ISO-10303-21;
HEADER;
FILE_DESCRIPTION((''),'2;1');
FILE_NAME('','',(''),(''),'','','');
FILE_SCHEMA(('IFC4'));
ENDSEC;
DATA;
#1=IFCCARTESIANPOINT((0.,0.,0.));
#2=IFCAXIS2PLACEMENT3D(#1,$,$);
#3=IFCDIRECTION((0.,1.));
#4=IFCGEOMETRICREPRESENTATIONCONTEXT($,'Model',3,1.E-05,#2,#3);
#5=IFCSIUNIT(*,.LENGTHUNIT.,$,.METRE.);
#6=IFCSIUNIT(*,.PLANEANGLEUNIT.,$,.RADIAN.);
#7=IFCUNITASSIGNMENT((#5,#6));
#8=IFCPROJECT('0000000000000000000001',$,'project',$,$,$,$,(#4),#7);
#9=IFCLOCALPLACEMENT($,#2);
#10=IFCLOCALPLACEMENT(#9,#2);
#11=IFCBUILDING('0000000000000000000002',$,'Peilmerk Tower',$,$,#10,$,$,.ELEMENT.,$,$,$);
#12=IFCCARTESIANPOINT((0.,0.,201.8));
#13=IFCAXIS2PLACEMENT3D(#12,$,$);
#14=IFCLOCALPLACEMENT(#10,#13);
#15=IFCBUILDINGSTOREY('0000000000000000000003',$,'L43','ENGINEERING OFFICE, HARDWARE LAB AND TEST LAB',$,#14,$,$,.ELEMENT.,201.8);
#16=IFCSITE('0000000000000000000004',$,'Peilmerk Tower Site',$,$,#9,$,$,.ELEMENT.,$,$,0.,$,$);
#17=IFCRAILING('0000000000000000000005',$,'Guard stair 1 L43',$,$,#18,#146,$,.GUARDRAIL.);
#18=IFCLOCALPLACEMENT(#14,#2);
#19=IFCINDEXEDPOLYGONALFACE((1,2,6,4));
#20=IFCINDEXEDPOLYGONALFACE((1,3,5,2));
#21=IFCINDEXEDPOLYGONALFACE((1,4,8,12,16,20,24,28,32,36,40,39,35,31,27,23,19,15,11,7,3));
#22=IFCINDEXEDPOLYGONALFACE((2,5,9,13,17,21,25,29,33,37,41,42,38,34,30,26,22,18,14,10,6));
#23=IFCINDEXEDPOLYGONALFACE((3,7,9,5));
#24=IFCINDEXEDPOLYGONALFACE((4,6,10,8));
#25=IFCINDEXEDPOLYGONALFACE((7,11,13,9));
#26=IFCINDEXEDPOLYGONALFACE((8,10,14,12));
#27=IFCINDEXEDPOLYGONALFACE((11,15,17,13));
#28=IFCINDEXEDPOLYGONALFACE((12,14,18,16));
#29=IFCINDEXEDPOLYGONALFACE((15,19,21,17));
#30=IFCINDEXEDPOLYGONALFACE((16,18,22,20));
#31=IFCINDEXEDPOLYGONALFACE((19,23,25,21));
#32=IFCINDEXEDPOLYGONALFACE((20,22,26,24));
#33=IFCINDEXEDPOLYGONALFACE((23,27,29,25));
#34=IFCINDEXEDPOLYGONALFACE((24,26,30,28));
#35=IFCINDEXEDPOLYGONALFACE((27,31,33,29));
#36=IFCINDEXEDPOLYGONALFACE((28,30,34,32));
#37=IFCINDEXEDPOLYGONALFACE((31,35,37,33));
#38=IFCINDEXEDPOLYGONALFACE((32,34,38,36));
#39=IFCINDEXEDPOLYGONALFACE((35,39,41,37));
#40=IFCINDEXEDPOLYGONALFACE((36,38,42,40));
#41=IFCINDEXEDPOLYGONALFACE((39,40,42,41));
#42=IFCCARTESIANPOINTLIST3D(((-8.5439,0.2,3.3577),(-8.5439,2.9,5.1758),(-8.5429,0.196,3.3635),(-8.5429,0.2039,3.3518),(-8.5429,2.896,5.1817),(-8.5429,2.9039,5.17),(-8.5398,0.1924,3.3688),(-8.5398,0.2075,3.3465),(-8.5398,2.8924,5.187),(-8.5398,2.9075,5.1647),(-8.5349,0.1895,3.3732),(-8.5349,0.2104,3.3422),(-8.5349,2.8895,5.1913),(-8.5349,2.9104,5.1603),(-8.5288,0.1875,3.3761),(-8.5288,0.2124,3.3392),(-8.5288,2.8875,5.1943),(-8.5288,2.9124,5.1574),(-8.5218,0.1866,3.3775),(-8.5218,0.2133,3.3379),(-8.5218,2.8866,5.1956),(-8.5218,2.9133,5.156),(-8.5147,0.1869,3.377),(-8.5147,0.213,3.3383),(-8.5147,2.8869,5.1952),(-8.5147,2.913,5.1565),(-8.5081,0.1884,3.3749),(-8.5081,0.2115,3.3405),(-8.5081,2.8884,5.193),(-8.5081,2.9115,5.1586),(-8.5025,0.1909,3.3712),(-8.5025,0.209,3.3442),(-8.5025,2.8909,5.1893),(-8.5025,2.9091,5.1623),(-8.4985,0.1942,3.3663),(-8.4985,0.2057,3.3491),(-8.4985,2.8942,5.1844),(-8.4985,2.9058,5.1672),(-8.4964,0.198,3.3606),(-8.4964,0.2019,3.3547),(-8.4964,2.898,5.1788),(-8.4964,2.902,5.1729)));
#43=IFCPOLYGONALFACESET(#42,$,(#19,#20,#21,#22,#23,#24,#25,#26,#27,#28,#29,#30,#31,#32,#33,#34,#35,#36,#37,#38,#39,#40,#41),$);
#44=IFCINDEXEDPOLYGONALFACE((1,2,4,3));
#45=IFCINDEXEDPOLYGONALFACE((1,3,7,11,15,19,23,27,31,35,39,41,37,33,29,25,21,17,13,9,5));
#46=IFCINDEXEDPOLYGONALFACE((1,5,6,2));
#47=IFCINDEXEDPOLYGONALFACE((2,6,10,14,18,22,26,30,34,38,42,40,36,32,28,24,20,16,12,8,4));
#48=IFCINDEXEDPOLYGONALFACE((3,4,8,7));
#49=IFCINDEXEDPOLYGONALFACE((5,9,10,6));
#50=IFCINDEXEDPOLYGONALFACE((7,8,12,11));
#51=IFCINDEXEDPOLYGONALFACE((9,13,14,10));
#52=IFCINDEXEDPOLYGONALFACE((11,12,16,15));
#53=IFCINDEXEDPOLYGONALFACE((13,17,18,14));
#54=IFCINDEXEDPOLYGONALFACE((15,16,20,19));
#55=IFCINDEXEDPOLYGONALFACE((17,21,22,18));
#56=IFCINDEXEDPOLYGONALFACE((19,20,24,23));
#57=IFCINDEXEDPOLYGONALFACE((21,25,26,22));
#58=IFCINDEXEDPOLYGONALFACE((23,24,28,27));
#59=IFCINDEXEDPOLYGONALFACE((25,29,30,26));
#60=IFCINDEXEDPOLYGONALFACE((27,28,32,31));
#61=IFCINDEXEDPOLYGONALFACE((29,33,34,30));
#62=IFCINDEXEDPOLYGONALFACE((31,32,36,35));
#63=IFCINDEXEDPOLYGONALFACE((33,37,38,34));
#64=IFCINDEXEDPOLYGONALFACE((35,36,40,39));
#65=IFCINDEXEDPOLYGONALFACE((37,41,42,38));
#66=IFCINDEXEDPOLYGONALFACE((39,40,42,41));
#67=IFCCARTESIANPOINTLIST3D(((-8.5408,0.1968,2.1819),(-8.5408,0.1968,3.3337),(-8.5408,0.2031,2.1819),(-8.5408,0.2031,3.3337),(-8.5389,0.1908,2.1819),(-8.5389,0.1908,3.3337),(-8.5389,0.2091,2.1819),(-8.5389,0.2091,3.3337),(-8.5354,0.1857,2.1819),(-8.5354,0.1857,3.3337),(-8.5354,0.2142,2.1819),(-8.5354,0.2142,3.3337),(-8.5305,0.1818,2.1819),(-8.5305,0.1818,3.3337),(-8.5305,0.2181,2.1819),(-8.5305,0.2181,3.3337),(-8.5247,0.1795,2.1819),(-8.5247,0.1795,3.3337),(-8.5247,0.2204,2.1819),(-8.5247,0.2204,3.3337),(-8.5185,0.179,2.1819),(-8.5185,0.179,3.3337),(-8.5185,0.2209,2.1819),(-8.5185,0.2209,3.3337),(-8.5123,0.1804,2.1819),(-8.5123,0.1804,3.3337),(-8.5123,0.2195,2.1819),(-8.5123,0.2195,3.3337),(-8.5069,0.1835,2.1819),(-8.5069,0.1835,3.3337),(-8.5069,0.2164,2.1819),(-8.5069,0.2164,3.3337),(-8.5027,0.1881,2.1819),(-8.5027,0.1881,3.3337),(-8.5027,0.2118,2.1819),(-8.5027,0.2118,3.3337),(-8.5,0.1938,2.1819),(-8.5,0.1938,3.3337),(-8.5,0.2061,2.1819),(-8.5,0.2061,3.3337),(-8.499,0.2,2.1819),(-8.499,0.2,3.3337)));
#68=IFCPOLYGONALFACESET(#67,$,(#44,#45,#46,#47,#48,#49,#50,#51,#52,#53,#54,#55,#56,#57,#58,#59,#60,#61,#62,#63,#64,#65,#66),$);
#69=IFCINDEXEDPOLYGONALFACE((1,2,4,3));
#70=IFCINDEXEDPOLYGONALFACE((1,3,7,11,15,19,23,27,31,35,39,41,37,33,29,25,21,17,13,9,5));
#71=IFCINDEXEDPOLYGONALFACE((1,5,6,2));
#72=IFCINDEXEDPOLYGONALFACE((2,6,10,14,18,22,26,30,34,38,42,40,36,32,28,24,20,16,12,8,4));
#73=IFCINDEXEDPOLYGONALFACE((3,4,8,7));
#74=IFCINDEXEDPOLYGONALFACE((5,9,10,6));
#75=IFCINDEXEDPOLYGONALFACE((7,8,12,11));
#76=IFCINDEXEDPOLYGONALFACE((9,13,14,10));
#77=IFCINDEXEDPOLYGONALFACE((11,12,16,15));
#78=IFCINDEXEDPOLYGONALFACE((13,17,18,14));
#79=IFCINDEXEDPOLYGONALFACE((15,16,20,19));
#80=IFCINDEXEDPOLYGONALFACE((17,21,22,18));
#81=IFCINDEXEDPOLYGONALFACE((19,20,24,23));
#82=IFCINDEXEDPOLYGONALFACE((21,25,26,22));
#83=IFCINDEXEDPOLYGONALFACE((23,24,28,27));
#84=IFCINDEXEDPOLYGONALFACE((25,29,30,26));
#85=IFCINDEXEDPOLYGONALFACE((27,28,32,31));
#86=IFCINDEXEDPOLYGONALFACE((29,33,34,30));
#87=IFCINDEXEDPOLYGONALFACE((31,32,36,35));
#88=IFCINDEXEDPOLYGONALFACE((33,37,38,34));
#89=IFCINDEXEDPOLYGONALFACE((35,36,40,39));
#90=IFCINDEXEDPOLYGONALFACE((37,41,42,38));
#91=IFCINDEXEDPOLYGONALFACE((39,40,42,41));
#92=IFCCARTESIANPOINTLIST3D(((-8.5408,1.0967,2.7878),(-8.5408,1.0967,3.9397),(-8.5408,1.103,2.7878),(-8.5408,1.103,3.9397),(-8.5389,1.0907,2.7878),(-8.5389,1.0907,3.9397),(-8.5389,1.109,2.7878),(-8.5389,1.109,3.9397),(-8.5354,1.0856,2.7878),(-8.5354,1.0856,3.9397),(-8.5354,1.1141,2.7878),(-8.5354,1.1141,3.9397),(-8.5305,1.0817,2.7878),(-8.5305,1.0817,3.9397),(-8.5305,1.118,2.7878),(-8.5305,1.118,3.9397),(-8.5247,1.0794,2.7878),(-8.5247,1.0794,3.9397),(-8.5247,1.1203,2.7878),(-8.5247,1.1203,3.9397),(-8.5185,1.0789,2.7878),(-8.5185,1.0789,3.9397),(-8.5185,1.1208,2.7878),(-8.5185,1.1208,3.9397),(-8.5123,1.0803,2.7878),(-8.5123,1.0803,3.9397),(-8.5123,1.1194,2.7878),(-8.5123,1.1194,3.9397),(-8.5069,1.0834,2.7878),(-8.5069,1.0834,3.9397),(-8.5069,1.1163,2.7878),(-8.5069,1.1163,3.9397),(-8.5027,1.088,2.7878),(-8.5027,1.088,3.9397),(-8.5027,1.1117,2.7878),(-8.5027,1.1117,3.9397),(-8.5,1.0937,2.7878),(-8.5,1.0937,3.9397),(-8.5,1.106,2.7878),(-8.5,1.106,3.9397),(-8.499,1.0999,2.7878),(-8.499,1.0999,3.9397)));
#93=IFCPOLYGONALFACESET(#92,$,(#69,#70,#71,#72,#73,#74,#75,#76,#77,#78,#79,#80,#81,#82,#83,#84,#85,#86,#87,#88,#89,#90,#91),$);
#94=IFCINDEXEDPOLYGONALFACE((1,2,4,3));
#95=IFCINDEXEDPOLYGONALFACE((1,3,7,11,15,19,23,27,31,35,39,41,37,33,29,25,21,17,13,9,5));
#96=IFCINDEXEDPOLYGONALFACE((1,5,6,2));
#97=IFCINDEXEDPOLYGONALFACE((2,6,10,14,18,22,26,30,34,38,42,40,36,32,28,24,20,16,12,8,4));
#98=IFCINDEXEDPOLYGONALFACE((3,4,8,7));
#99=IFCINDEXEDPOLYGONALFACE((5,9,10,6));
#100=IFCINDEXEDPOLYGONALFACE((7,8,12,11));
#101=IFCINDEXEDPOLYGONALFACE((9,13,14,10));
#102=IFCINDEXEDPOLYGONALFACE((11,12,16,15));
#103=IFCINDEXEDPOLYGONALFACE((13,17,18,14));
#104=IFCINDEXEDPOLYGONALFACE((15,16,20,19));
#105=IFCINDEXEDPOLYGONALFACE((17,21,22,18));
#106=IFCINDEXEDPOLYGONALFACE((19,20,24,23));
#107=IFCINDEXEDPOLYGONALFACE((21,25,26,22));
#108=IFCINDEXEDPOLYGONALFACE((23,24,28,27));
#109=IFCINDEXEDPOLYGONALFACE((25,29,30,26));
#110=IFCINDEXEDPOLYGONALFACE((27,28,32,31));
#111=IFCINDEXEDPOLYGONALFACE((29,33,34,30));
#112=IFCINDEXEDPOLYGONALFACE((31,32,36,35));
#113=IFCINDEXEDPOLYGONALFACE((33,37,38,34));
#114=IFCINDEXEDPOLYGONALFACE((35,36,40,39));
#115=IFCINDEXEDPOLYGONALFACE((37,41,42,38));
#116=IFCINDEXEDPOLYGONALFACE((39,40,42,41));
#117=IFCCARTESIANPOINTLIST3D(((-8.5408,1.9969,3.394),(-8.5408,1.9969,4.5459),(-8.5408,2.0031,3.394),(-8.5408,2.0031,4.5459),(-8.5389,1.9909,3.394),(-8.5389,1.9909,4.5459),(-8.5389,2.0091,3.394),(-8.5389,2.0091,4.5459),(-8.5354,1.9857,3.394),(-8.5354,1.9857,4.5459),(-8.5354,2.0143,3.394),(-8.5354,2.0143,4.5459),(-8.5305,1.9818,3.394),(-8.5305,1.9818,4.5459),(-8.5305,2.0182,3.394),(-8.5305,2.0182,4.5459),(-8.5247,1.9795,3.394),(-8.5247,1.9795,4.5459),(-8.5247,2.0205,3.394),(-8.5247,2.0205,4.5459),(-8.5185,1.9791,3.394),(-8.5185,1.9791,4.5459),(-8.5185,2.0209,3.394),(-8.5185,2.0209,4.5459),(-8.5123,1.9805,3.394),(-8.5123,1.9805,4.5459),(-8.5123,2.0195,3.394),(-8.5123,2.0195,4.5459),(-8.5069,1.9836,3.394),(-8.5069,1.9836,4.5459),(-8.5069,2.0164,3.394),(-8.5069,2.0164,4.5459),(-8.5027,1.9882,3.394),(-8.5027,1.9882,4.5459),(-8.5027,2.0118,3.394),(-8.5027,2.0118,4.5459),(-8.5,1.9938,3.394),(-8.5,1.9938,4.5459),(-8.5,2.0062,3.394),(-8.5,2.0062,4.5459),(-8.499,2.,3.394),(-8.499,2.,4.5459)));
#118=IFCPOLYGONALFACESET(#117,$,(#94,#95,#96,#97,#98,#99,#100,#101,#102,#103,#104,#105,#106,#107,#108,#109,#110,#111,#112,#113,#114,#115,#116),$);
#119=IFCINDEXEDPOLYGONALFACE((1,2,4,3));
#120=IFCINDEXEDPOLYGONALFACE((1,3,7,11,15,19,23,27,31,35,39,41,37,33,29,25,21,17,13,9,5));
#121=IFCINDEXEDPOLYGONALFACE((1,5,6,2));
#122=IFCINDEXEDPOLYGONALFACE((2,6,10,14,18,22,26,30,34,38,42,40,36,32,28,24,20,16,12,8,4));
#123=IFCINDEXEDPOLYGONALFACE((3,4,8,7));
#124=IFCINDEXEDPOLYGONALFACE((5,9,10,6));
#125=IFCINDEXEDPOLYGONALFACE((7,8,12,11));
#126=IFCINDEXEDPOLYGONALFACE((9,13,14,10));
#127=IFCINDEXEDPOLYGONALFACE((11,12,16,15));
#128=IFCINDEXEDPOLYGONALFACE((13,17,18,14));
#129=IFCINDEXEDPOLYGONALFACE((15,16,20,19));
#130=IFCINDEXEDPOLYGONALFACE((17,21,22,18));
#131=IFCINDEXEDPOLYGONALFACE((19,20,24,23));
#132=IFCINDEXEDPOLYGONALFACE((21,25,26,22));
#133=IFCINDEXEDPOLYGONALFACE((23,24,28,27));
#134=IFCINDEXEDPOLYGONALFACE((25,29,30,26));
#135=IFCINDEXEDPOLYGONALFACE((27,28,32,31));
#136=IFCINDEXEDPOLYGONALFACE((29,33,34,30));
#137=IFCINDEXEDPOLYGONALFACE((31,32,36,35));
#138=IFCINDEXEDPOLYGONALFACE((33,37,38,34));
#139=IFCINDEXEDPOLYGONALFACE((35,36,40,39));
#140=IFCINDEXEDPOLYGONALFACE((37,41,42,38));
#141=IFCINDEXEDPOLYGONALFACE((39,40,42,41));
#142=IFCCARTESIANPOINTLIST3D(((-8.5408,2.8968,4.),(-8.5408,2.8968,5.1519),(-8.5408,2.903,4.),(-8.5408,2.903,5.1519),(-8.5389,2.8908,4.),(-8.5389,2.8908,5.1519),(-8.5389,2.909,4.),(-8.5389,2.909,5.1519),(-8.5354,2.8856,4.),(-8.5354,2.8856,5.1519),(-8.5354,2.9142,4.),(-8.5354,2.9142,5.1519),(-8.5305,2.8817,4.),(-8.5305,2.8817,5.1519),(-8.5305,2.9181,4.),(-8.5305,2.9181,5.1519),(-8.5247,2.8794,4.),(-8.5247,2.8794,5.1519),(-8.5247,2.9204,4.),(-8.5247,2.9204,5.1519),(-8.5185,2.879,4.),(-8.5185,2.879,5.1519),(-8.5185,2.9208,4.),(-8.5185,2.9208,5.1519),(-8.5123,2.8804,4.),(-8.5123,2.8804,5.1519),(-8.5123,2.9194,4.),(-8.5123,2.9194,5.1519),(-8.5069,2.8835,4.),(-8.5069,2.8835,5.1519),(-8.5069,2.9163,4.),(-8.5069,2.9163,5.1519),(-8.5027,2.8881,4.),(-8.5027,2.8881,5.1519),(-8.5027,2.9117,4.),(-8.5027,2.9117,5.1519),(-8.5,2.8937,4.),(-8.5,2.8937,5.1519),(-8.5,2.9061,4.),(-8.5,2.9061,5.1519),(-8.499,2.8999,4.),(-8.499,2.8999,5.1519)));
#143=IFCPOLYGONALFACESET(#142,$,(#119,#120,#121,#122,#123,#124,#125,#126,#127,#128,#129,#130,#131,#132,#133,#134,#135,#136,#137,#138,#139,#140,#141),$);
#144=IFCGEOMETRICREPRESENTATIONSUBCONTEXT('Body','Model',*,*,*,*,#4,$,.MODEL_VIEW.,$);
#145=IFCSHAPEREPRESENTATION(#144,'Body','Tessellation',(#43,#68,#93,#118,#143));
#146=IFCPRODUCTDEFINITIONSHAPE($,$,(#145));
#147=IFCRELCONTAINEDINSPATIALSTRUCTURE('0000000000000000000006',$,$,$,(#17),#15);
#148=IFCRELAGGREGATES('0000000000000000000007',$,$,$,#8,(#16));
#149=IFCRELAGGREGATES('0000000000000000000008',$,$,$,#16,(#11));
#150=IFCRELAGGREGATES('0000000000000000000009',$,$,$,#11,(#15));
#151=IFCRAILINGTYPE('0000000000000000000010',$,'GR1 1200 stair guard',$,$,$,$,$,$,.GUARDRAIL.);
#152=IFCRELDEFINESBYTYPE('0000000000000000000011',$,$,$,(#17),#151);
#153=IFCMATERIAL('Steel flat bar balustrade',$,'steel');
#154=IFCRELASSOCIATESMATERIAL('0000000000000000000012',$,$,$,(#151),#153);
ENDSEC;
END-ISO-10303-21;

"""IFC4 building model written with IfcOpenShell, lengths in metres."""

from ifc_helpers import new_model, si_unit, direction, frame, origin, origin_2d, place, context, subcontext, project, spatial, circle, extrude, material, type_object, element, save


model = new_model("IFC4")

# Units and contexts
model_context = context("Model", 3, precision=1e-05, world=origin(), true_north=direction((0.0, 1.0)))
body_context = subcontext(model_context, "Body", "Model", "MODEL_VIEW")
ifc_project = project(units=[si_unit("LENGTHUNIT", "METRE"), si_unit("PLANEANGLEUNIT", "RADIAN")], contexts=[model_context])

# Site, building, storey
site_placement = place(None, origin())
site = spatial("IfcSite", under=ifc_project, at=site_placement, Name="Peilmerk Tower Site", CompositionType="ELEMENT", RefElevation=0.0)
building_placement = place(site_placement, origin())
building = spatial("IfcBuilding", under=site, at=building_placement, Name="Peilmerk Tower", CompositionType="ELEMENT")
storey_placement = place(building_placement, frame((0.0, 0.0, 201.8)))
storey = spatial("IfcBuildingStorey", under=building, at=storey_placement, Name="L43", Description="ENGINEERING OFFICE, HARDWARE LAB AND TEST LAB", CompositionType="ELEMENT", Elevation=201.8)

# Railing
ifc_material_1 = material(Name="Steel flat bar balustrade", Category="steel")
railing_type_1 = type_object("IfcRailingType", Name="GR1 1200 stair guard", PredefinedType="GUARDRAIL", material=ifc_material_1)
railing_1_placement = place(storey_placement, frame((-8.52, 0.2, 2.1819)))
element("IfcRailing", 1, at=railing_1_placement, inside=storey, type_object=railing_type_1, Name="Guard stair 1 L43", PredefinedType="GUARDRAIL", context=body_context, shape_type="SweptSolid", body=[
    extrude(circle(Radius=0.0239, at=origin_2d()), frame((0.0, 0.0, 1.1758), z_axis=(0.0, 0.829468, 0.558554), x_axis=(-1.0, 0.0, 0.0)), (0.0, 0.0, 1.0), 3.2551),
    extrude(circle(Radius=0.021, at=origin_2d()), origin(), (0.0, 0.0, 1.0), 1.1519),
    extrude(circle(Radius=0.021, at=origin_2d()), frame((0.0, 0.8999, 0.606)), (0.0, 0.0, 1.0), 1.1519),
    extrude(circle(Radius=0.021, at=origin_2d()), frame((0.0, 1.8, 1.2122)), (0.0, 0.0, 1.0), 1.1519),
    extrude(circle(Radius=0.021, at=origin_2d()), frame((0.0, 2.7, 1.8181)), (0.0, 0.0, 1.0), 1.1519),
])

save(model, "model.ifc")
